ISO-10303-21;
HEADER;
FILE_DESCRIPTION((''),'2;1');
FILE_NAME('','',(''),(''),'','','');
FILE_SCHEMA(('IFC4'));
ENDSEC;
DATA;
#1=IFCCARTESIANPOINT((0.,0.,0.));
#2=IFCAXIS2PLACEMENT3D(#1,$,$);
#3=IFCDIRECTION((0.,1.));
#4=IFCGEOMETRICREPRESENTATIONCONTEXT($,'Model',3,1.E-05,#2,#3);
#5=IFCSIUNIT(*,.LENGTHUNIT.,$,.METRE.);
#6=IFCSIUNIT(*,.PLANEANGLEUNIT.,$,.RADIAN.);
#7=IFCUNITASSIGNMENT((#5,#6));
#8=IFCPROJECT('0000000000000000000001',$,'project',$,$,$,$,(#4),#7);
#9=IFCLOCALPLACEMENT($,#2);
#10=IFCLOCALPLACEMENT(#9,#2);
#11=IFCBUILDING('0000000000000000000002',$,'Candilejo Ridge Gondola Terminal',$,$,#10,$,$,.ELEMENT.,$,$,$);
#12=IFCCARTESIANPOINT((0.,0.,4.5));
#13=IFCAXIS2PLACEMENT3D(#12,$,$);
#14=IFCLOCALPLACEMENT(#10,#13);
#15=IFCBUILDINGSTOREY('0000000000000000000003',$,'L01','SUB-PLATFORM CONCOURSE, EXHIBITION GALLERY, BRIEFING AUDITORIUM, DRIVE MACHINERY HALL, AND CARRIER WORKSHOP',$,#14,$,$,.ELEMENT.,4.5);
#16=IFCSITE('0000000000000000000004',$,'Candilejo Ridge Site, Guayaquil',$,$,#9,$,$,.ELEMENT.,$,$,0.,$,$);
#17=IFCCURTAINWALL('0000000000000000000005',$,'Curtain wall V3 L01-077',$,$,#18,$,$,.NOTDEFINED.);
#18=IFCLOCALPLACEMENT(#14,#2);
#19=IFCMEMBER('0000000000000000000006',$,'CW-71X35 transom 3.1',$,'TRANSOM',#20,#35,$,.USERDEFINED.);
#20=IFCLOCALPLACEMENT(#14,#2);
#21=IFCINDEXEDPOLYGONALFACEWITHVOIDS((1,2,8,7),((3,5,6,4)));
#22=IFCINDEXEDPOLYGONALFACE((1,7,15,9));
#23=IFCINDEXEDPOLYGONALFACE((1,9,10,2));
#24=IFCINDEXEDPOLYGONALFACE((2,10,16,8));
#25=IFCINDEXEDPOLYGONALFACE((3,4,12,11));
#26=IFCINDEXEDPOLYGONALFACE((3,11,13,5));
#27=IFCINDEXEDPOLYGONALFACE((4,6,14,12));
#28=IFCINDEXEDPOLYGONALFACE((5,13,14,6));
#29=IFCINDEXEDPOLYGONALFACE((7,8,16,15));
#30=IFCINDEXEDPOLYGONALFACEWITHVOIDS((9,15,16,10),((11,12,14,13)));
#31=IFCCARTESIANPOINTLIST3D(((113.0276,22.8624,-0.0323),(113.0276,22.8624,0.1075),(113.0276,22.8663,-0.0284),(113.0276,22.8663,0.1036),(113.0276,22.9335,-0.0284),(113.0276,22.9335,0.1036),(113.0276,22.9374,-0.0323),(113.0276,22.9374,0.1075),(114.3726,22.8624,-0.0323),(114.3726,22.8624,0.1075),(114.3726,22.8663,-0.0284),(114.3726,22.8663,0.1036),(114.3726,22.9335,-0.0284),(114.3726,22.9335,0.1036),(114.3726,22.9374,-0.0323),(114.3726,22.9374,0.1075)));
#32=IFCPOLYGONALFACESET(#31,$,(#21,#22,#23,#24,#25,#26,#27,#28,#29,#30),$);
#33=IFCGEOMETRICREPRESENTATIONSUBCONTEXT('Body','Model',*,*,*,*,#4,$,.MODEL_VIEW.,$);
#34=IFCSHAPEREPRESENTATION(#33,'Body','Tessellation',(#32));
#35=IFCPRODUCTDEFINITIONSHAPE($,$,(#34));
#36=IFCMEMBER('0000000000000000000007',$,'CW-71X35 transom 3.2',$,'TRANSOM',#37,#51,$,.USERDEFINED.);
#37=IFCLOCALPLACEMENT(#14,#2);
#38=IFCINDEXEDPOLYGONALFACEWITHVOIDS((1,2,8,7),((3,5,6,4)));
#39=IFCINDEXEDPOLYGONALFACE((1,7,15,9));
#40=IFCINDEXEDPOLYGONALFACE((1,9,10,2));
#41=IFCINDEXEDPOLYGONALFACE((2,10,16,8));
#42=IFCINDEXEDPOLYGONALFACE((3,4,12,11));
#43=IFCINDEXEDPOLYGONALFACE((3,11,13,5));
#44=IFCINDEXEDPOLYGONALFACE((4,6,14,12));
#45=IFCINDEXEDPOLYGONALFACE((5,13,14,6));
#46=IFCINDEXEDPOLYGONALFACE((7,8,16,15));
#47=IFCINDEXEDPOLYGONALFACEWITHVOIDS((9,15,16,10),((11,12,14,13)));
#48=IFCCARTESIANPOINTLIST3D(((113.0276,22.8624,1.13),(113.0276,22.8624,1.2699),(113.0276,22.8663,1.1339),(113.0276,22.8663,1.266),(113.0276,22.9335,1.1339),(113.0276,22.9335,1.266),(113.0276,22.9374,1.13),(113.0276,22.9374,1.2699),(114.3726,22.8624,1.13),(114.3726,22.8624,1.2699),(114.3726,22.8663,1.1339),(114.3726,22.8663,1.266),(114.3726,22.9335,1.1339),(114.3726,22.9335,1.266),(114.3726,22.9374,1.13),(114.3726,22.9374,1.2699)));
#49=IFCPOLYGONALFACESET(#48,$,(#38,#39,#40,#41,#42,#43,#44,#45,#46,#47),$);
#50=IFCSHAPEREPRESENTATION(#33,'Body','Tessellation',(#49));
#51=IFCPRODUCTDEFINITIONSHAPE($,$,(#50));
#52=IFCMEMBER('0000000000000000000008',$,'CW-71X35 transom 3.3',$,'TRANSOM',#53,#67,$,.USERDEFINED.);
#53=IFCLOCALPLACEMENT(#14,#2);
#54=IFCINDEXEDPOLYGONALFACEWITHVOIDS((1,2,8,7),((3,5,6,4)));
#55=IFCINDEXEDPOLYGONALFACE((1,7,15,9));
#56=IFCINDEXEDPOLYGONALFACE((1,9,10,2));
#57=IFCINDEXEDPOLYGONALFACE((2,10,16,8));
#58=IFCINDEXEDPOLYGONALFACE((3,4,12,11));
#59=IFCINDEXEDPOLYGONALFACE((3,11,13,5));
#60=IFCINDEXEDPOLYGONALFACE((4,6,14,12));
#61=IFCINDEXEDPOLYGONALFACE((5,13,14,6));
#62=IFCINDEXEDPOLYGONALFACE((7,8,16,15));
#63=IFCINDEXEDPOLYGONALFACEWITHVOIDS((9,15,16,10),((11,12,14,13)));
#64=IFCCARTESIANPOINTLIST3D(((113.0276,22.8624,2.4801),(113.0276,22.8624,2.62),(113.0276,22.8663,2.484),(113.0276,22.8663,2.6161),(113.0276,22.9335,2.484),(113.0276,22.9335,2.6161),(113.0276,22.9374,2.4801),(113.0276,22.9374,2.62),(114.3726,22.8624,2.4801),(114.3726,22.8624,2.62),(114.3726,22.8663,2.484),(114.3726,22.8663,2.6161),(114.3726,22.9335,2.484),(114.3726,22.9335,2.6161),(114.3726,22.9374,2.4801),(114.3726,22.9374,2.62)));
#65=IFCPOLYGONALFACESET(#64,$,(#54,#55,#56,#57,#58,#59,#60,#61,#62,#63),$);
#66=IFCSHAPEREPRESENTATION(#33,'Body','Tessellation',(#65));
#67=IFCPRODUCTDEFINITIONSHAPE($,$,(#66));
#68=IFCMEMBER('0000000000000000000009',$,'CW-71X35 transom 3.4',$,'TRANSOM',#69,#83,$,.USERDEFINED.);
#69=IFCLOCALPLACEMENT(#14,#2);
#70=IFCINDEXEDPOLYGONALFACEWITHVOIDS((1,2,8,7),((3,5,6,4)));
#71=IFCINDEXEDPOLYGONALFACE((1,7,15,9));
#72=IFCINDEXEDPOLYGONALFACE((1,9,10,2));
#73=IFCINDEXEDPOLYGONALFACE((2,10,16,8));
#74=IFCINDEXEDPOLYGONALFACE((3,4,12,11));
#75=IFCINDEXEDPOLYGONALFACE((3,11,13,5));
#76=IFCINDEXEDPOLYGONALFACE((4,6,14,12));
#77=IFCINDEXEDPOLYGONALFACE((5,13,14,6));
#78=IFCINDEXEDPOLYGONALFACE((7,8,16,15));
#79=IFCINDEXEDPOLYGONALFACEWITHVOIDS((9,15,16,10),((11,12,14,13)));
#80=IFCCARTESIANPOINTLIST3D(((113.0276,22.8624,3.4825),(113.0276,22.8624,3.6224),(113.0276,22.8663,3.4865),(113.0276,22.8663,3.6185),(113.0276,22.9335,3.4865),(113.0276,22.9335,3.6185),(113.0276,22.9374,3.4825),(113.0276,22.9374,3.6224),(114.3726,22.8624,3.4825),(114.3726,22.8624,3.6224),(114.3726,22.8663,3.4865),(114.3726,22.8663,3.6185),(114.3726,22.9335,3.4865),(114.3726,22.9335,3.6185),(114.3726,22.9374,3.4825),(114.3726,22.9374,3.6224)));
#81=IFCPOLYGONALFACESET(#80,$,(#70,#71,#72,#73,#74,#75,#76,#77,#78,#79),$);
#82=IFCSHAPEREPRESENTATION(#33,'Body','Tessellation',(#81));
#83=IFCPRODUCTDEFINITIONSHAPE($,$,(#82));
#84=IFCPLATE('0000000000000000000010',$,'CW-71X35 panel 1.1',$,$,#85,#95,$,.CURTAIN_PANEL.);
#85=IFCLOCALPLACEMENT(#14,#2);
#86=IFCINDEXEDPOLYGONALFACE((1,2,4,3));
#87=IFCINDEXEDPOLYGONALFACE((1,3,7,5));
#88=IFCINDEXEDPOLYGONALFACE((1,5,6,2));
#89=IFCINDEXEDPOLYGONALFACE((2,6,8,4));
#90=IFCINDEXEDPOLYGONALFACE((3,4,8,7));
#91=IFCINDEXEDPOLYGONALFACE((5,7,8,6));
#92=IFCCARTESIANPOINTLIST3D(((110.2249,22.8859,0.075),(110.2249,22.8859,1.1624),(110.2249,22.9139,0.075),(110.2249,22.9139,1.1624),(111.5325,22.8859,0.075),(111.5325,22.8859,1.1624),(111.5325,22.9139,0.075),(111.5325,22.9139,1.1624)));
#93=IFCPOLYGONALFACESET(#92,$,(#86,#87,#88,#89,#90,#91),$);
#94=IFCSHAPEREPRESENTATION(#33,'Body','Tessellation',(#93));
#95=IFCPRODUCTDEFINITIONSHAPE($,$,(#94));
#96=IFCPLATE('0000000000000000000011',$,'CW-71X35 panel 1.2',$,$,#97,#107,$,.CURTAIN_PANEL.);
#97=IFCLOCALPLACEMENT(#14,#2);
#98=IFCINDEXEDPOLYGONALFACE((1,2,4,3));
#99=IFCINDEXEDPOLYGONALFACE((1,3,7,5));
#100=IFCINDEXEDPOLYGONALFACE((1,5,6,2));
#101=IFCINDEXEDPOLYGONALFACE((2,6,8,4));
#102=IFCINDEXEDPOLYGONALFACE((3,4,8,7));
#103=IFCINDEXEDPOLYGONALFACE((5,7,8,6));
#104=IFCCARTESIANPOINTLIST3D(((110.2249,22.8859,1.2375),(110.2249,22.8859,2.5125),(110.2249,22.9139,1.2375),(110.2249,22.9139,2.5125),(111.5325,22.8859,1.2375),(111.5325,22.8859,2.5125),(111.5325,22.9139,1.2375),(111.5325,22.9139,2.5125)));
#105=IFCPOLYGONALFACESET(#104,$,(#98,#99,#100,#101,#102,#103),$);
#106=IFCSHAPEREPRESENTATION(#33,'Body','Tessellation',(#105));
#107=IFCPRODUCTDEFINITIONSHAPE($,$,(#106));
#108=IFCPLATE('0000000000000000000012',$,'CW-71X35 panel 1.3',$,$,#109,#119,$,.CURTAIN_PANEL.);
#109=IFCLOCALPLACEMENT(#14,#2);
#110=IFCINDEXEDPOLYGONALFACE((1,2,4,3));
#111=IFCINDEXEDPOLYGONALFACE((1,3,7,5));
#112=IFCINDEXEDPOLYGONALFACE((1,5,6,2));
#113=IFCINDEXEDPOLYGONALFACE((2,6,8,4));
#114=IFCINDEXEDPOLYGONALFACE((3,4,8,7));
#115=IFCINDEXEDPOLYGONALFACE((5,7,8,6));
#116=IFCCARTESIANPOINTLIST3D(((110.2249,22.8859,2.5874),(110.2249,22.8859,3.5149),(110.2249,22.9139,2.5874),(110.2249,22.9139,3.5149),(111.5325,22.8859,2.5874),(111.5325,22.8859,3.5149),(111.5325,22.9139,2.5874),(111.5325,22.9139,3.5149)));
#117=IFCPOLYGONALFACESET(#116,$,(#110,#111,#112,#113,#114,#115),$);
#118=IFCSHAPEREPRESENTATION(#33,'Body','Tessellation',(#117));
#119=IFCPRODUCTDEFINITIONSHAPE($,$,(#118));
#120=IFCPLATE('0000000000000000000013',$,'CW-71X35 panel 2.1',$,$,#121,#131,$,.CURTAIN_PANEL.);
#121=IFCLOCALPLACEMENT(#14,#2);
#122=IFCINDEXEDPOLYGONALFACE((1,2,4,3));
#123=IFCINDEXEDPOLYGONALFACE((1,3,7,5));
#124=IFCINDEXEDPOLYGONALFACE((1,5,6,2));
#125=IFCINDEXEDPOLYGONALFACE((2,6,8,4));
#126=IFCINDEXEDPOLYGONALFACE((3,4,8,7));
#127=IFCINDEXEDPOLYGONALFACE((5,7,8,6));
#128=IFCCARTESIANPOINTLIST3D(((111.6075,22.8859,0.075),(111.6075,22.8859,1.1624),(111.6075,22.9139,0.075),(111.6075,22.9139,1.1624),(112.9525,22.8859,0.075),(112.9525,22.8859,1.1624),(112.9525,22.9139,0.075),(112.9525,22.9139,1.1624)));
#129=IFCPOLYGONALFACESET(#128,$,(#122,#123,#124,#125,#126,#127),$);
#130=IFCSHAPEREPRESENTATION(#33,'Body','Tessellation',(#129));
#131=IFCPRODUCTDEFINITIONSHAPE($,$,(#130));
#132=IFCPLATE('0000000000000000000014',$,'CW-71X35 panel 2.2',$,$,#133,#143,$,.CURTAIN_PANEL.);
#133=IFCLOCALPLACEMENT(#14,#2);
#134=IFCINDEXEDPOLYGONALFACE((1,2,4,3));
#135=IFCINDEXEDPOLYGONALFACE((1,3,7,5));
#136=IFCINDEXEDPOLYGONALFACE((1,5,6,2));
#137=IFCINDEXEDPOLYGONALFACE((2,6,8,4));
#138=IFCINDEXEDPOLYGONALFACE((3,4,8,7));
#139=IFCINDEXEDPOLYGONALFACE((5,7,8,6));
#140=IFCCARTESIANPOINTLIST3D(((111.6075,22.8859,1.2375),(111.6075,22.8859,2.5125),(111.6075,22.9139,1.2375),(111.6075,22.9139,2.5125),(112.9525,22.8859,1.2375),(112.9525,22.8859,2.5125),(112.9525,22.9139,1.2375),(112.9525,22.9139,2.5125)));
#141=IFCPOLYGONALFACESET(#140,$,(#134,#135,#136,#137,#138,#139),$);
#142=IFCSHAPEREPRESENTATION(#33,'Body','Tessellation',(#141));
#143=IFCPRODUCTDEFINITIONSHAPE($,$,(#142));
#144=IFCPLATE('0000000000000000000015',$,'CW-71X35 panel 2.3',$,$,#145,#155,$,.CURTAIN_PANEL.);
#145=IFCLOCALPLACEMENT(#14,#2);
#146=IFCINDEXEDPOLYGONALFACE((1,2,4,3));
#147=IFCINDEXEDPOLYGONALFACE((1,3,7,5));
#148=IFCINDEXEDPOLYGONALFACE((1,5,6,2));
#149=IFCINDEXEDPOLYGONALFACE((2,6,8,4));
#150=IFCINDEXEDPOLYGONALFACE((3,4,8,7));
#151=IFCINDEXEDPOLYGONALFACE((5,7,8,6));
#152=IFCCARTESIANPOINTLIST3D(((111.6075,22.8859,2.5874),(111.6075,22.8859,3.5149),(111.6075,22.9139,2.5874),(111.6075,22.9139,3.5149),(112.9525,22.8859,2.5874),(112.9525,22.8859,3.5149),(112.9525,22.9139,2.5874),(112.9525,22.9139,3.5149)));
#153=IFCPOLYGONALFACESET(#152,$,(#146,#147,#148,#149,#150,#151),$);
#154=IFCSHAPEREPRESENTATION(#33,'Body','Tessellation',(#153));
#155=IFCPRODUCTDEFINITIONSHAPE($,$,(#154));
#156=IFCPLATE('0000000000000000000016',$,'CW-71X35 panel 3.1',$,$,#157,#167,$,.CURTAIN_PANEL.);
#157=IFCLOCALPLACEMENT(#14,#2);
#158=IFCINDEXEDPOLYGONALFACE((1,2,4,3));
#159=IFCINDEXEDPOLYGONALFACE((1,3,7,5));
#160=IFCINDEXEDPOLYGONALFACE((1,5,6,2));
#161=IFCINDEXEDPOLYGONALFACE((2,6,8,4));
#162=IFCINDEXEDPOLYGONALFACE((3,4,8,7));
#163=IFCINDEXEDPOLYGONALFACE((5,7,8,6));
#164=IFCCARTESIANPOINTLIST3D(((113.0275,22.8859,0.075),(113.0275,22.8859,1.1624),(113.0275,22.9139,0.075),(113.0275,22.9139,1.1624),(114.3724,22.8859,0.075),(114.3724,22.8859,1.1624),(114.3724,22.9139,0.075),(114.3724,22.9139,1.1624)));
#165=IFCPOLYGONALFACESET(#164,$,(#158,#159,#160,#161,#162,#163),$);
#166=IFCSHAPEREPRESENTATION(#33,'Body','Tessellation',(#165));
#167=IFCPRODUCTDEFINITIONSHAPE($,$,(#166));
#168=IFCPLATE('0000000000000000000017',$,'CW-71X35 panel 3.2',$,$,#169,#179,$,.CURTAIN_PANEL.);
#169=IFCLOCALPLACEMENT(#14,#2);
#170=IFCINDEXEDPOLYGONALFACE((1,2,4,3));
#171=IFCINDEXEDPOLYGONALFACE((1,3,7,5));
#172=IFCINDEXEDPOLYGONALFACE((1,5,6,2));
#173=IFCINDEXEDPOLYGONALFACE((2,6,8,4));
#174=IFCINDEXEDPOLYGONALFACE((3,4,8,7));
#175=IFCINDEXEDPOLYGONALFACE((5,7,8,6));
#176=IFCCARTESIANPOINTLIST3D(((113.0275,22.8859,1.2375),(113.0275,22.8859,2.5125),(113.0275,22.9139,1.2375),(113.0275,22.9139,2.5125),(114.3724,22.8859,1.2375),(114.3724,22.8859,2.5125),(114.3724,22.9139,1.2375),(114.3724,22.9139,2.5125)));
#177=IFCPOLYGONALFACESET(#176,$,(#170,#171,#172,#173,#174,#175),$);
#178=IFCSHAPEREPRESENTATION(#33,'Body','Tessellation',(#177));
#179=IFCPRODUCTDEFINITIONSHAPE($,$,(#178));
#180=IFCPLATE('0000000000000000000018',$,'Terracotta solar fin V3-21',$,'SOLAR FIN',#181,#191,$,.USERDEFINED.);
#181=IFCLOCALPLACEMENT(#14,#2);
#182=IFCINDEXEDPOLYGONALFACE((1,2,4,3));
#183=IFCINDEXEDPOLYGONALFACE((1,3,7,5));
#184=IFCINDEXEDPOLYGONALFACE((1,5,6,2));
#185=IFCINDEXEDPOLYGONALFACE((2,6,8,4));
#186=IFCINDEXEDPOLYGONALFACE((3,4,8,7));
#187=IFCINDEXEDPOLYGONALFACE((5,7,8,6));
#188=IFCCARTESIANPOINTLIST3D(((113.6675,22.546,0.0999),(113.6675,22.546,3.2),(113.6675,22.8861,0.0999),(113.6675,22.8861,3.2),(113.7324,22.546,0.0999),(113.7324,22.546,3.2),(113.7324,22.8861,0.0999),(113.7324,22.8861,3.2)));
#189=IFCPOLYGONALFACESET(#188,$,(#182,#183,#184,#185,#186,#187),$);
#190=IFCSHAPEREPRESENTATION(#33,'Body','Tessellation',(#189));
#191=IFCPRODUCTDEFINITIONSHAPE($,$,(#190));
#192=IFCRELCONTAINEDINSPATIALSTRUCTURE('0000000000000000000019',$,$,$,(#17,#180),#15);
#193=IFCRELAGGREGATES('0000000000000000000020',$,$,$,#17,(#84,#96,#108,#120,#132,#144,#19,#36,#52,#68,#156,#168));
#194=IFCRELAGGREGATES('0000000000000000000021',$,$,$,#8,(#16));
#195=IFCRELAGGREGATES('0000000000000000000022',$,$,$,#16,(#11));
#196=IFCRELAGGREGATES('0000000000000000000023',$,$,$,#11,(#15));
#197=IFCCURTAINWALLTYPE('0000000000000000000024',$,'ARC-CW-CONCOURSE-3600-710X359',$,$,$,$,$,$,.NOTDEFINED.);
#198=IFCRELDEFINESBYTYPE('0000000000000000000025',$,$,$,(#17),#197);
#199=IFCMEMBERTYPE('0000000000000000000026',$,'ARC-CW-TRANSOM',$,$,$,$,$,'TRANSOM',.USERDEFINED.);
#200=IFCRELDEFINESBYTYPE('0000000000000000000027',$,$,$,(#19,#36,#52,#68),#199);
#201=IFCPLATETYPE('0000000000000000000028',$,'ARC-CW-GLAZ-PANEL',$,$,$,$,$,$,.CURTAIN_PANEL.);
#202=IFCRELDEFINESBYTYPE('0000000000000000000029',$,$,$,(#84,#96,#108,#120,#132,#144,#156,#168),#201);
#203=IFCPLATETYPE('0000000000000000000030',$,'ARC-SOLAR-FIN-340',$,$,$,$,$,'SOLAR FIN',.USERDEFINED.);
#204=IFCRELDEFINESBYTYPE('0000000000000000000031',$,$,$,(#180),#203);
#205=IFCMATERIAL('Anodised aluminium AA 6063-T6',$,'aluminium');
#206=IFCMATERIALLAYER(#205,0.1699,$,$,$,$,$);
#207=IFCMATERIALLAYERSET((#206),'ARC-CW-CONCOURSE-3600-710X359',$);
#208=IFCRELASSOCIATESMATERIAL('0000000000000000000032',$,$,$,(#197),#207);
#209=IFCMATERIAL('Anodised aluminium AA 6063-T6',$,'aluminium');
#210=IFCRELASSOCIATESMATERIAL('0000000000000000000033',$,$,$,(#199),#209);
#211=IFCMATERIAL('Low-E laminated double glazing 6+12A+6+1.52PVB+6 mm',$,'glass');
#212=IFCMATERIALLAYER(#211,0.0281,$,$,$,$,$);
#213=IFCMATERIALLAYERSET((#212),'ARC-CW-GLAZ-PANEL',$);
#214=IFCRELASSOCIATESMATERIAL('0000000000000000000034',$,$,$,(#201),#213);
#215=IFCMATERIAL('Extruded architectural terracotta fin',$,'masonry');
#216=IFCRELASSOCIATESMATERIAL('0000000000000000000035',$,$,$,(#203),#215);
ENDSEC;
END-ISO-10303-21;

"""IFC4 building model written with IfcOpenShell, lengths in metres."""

from ifc_helpers import new_model, si_unit, direction, frame, origin, origin_2d, place, context, subcontext, project, spatial, rectangle, hollow_rectangle, extrude, material, layer, layer_set, material_profile, profile_set, type_object, element, aggregate, save


model = new_model("IFC4")

# Units and contexts
model_context = context("Model", 3, precision=1e-05, world=origin(), true_north=direction((0.0, 1.0)))
body_context = subcontext(model_context, "Body", "Model", "MODEL_VIEW")
ifc_project = project(units=[si_unit("LENGTHUNIT", "METRE"), si_unit("PLANEANGLEUNIT", "RADIAN")], contexts=[model_context])

# Site, building, storey
site_placement = place(None, origin())
site = spatial("IfcSite", under=ifc_project, at=site_placement, Name="Candilejo Ridge Site, Guayaquil", CompositionType="ELEMENT", RefElevation=0.0)
building_placement = place(site_placement, origin())
building = spatial("IfcBuilding", under=site, at=building_placement, Name="Candilejo Ridge Gondola Terminal", CompositionType="ELEMENT")
storey_placement = place(building_placement, frame((0.0, 0.0, 4.5)))
storey = spatial("IfcBuildingStorey", under=building, at=storey_placement, Name="L01", Description="SUB-PLATFORM CONCOURSE, EXHIBITION GALLERY, BRIEFING AUDITORIUM, DRIVE MACHINERY HALL, AND CARRIER WORKSHOP", CompositionType="ELEMENT", Elevation=4.5)

# Curtain wall, members, plates
ifc_material_1 = material(Name="Anodised aluminium AA 6063-T6", Category="aluminium")
ifc_layer_1 = layer(ifc_material_1, 0.1699)
ifc_layer_set_1 = layer_set([ifc_layer_1], Name="ARC-CW-CONCOURSE-3600-710X359")
curtain_wall_type = type_object("IfcCurtainWallType", Name="ARC-CW-CONCOURSE-3600-710X359", PredefinedType="NOTDEFINED", material=ifc_layer_set_1)
curtain_wall_placement = place(storey_placement, origin())
curtain_wall = element("IfcCurtainWall", 1, at=curtain_wall_placement, inside=storey, type_object=curtain_wall_type, Name="Curtain wall V3 L01-077", PredefinedType="NOTDEFINED")
ifc_material_2 = material(Name="Anodised aluminium AA 6063-T6", Category="aluminium")
ifc_material_profile_1 = material_profile(ifc_material_2, hollow_rectangle(XDim=0.075, YDim=0.1399, WallThickness=0.0039, at=origin_2d()))
ifc_profile_set_1 = profile_set([ifc_material_profile_1], Name="Anodised aluminium AA 6063-T6")
member_type_1 = type_object("IfcMemberType", Name="ARC-CW-TRANSOM", ElementType="TRANSOM", PredefinedType="USERDEFINED", material=ifc_profile_set_1)
member_1_placement = place(storey_placement, frame((113.0276, 22.8999, 0.0376), z_axis=(1.0, 0.0, 0.0), x_axis=(0.0, 1.0, 0.0)))
member_1 = element("IfcMember", 2, at=member_1_placement, type_object=member_type_1, Name="CW-71X35 transom 3.1", ObjectType="TRANSOM", PredefinedType="USERDEFINED", context=body_context, shape_type="SweptSolid", body=[
    extrude(hollow_rectangle(XDim=0.075, YDim=0.1399, WallThickness=0.0039, at=origin_2d()), origin(), (0.0, 0.0, 1.0), 1.345),
])
member_2_placement = place(storey_placement, frame((113.0276, 22.8999, 1.2), z_axis=(1.0, 0.0, 0.0), x_axis=(0.0, 1.0, 0.0)))
member_2 = element("IfcMember", 3, at=member_2_placement, type_object=member_type_1, Name="CW-71X35 transom 3.2", ObjectType="TRANSOM", PredefinedType="USERDEFINED", context=body_context, shape_type="SweptSolid", body=[
    extrude(hollow_rectangle(XDim=0.075, YDim=0.1399, WallThickness=0.0039, at=origin_2d()), origin(), (0.0, 0.0, 1.0), 1.345),
])
member_3_placement = place(storey_placement, frame((113.0276, 22.8999, 2.55), z_axis=(1.0, 0.0, 0.0), x_axis=(0.0, 1.0, 0.0)))
member_3 = element("IfcMember", 4, at=member_3_placement, type_object=member_type_1, Name="CW-71X35 transom 3.3", ObjectType="TRANSOM", PredefinedType="USERDEFINED", context=body_context, shape_type="SweptSolid", body=[
    extrude(hollow_rectangle(XDim=0.075, YDim=0.1399, WallThickness=0.0039, at=origin_2d()), origin(), (0.0, 0.0, 1.0), 1.345),
])
member_4_placement = place(storey_placement, frame((113.0276, 22.8999, 3.5525), z_axis=(1.0, 0.0, 0.0), x_axis=(0.0, 1.0, 0.0)))
member_4 = element("IfcMember", 5, at=member_4_placement, type_object=member_type_1, Name="CW-71X35 transom 3.4", ObjectType="TRANSOM", PredefinedType="USERDEFINED", context=body_context, shape_type="SweptSolid", body=[
    extrude(hollow_rectangle(XDim=0.075, YDim=0.1399, WallThickness=0.0039, at=origin_2d()), origin(), (0.0, 0.0, 1.0), 1.345),
])
ifc_material_3 = material(Name="Low-E laminated double glazing 6+12A+6+1.52PVB+6 mm", Category="glass")
ifc_layer_2 = layer(ifc_material_3, 0.0281)
ifc_layer_set_2 = layer_set([ifc_layer_2], Name="ARC-CW-GLAZ-PANEL")
plate_type_1 = type_object("IfcPlateType", Name="ARC-CW-GLAZ-PANEL", PredefinedType="CURTAIN_PANEL", material=ifc_layer_set_2)
plate_1_placement = place(storey_placement, frame((110.8787, 22.8999, 0.075), z_axis=(0.0, 0.0, 1.0), x_axis=(1.0, 0.0, 0.0)))
plate_1 = element("IfcPlate", 6, at=plate_1_placement, type_object=plate_type_1, Name="CW-71X35 panel 1.1", PredefinedType="CURTAIN_PANEL", context=body_context, shape_type="SweptSolid", body=[
    extrude(rectangle(XDim=1.3076, YDim=0.0281, at=origin_2d()), origin(), (0.0, 0.0, 1.0), 1.0874),
])
plate_2_placement = place(storey_placement, frame((110.8787, 22.8999, 1.2375), z_axis=(0.0, 0.0, 1.0), x_axis=(1.0, 0.0, 0.0)))
plate_2 = element("IfcPlate", 7, at=plate_2_placement, type_object=plate_type_1, Name="CW-71X35 panel 1.2", PredefinedType="CURTAIN_PANEL", context=body_context, shape_type="SweptSolid", body=[
    extrude(rectangle(XDim=1.3076, YDim=0.0281, at=origin_2d()), origin(), (0.0, 0.0, 1.0), 1.2749),
])
plate_3_placement = place(storey_placement, frame((110.8787, 22.8999, 2.5874), z_axis=(0.0, 0.0, 1.0), x_axis=(1.0, 0.0, 0.0)))
plate_3 = element("IfcPlate", 8, at=plate_3_placement, type_object=plate_type_1, Name="CW-71X35 panel 1.3", PredefinedType="CURTAIN_PANEL", context=body_context, shape_type="SweptSolid", body=[
    extrude(rectangle(XDim=1.3076, YDim=0.0281, at=origin_2d()), origin(), (0.0, 0.0, 1.0), 0.9275),
])
plate_4_placement = place(storey_placement, frame((112.28, 22.8999, 0.075), z_axis=(0.0, 0.0, 1.0), x_axis=(1.0, 0.0, 0.0)))
plate_4 = element("IfcPlate", 9, at=plate_4_placement, type_object=plate_type_1, Name="CW-71X35 panel 2.1", PredefinedType="CURTAIN_PANEL", context=body_context, shape_type="SweptSolid", body=[
    extrude(rectangle(XDim=1.345, YDim=0.0281, at=origin_2d()), origin(), (0.0, 0.0, 1.0), 1.0874),
])
plate_5_placement = place(storey_placement, frame((112.28, 22.8999, 1.2375), z_axis=(0.0, 0.0, 1.0), x_axis=(1.0, 0.0, 0.0)))
plate_5 = element("IfcPlate", 10, at=plate_5_placement, type_object=plate_type_1, Name="CW-71X35 panel 2.2", PredefinedType="CURTAIN_PANEL", context=body_context, shape_type="SweptSolid", body=[
    extrude(rectangle(XDim=1.345, YDim=0.0281, at=origin_2d()), origin(), (0.0, 0.0, 1.0), 1.2749),
])
plate_6_placement = place(storey_placement, frame((112.28, 22.8999, 2.5874), z_axis=(0.0, 0.0, 1.0), x_axis=(1.0, 0.0, 0.0)))
plate_6 = element("IfcPlate", 11, at=plate_6_placement, type_object=plate_type_1, Name="CW-71X35 panel 2.3", PredefinedType="CURTAIN_PANEL", context=body_context, shape_type="SweptSolid", body=[
    extrude(rectangle(XDim=1.345, YDim=0.0281, at=origin_2d()), origin(), (0.0, 0.0, 1.0), 0.9275),
])
plate_7_placement = place(storey_placement, frame((113.7, 22.8999, 0.075), z_axis=(0.0, 0.0, 1.0), x_axis=(1.0, 0.0, 0.0)))
plate_7 = element("IfcPlate", 12, at=plate_7_placement, type_object=plate_type_1, Name="CW-71X35 panel 3.1", PredefinedType="CURTAIN_PANEL", context=body_context, shape_type="SweptSolid", body=[
    extrude(rectangle(XDim=1.345, YDim=0.0281, at=origin_2d()), origin(), (0.0, 0.0, 1.0), 1.0874),
])
plate_8_placement = place(storey_placement, frame((113.7, 22.8999, 1.2375), z_axis=(0.0, 0.0, 1.0), x_axis=(1.0, 0.0, 0.0)))
plate_8 = element("IfcPlate", 13, at=plate_8_placement, type_object=plate_type_1, Name="CW-71X35 panel 3.2", PredefinedType="CURTAIN_PANEL", context=body_context, shape_type="SweptSolid", body=[
    extrude(rectangle(XDim=1.345, YDim=0.0281, at=origin_2d()), origin(), (0.0, 0.0, 1.0), 1.2749),
])
aggregate(curtain_wall, [plate_1, plate_2, plate_3, plate_4, plate_5, plate_6, member_1, member_2, member_3, member_4, plate_7, plate_8])

# Plate
ifc_material_4 = material(Name="Extruded architectural terracotta fin", Category="masonry")
plate_type_2 = type_object("IfcPlateType", Name="ARC-SOLAR-FIN-340", ElementType="SOLAR FIN", PredefinedType="USERDEFINED", material=ifc_material_4)
plate_9_placement = place(storey_placement, frame((113.7, 22.7161, 0.0999), z_axis=(0.0, 0.0, 1.0), x_axis=(1.0, 0.0, 0.0)))
element("IfcPlate", 14, at=plate_9_placement, inside=storey, type_object=plate_type_2, Name="Terracotta solar fin V3-21", ObjectType="SOLAR FIN", PredefinedType="USERDEFINED", context=body_context, shape_type="SweptSolid", body=[
    extrude(rectangle(XDim=0.0649, YDim=0.3401, at=origin_2d()), origin(), (0.0, 0.0, 1.0), 3.1001),
])

save(model, "model.ifc")
